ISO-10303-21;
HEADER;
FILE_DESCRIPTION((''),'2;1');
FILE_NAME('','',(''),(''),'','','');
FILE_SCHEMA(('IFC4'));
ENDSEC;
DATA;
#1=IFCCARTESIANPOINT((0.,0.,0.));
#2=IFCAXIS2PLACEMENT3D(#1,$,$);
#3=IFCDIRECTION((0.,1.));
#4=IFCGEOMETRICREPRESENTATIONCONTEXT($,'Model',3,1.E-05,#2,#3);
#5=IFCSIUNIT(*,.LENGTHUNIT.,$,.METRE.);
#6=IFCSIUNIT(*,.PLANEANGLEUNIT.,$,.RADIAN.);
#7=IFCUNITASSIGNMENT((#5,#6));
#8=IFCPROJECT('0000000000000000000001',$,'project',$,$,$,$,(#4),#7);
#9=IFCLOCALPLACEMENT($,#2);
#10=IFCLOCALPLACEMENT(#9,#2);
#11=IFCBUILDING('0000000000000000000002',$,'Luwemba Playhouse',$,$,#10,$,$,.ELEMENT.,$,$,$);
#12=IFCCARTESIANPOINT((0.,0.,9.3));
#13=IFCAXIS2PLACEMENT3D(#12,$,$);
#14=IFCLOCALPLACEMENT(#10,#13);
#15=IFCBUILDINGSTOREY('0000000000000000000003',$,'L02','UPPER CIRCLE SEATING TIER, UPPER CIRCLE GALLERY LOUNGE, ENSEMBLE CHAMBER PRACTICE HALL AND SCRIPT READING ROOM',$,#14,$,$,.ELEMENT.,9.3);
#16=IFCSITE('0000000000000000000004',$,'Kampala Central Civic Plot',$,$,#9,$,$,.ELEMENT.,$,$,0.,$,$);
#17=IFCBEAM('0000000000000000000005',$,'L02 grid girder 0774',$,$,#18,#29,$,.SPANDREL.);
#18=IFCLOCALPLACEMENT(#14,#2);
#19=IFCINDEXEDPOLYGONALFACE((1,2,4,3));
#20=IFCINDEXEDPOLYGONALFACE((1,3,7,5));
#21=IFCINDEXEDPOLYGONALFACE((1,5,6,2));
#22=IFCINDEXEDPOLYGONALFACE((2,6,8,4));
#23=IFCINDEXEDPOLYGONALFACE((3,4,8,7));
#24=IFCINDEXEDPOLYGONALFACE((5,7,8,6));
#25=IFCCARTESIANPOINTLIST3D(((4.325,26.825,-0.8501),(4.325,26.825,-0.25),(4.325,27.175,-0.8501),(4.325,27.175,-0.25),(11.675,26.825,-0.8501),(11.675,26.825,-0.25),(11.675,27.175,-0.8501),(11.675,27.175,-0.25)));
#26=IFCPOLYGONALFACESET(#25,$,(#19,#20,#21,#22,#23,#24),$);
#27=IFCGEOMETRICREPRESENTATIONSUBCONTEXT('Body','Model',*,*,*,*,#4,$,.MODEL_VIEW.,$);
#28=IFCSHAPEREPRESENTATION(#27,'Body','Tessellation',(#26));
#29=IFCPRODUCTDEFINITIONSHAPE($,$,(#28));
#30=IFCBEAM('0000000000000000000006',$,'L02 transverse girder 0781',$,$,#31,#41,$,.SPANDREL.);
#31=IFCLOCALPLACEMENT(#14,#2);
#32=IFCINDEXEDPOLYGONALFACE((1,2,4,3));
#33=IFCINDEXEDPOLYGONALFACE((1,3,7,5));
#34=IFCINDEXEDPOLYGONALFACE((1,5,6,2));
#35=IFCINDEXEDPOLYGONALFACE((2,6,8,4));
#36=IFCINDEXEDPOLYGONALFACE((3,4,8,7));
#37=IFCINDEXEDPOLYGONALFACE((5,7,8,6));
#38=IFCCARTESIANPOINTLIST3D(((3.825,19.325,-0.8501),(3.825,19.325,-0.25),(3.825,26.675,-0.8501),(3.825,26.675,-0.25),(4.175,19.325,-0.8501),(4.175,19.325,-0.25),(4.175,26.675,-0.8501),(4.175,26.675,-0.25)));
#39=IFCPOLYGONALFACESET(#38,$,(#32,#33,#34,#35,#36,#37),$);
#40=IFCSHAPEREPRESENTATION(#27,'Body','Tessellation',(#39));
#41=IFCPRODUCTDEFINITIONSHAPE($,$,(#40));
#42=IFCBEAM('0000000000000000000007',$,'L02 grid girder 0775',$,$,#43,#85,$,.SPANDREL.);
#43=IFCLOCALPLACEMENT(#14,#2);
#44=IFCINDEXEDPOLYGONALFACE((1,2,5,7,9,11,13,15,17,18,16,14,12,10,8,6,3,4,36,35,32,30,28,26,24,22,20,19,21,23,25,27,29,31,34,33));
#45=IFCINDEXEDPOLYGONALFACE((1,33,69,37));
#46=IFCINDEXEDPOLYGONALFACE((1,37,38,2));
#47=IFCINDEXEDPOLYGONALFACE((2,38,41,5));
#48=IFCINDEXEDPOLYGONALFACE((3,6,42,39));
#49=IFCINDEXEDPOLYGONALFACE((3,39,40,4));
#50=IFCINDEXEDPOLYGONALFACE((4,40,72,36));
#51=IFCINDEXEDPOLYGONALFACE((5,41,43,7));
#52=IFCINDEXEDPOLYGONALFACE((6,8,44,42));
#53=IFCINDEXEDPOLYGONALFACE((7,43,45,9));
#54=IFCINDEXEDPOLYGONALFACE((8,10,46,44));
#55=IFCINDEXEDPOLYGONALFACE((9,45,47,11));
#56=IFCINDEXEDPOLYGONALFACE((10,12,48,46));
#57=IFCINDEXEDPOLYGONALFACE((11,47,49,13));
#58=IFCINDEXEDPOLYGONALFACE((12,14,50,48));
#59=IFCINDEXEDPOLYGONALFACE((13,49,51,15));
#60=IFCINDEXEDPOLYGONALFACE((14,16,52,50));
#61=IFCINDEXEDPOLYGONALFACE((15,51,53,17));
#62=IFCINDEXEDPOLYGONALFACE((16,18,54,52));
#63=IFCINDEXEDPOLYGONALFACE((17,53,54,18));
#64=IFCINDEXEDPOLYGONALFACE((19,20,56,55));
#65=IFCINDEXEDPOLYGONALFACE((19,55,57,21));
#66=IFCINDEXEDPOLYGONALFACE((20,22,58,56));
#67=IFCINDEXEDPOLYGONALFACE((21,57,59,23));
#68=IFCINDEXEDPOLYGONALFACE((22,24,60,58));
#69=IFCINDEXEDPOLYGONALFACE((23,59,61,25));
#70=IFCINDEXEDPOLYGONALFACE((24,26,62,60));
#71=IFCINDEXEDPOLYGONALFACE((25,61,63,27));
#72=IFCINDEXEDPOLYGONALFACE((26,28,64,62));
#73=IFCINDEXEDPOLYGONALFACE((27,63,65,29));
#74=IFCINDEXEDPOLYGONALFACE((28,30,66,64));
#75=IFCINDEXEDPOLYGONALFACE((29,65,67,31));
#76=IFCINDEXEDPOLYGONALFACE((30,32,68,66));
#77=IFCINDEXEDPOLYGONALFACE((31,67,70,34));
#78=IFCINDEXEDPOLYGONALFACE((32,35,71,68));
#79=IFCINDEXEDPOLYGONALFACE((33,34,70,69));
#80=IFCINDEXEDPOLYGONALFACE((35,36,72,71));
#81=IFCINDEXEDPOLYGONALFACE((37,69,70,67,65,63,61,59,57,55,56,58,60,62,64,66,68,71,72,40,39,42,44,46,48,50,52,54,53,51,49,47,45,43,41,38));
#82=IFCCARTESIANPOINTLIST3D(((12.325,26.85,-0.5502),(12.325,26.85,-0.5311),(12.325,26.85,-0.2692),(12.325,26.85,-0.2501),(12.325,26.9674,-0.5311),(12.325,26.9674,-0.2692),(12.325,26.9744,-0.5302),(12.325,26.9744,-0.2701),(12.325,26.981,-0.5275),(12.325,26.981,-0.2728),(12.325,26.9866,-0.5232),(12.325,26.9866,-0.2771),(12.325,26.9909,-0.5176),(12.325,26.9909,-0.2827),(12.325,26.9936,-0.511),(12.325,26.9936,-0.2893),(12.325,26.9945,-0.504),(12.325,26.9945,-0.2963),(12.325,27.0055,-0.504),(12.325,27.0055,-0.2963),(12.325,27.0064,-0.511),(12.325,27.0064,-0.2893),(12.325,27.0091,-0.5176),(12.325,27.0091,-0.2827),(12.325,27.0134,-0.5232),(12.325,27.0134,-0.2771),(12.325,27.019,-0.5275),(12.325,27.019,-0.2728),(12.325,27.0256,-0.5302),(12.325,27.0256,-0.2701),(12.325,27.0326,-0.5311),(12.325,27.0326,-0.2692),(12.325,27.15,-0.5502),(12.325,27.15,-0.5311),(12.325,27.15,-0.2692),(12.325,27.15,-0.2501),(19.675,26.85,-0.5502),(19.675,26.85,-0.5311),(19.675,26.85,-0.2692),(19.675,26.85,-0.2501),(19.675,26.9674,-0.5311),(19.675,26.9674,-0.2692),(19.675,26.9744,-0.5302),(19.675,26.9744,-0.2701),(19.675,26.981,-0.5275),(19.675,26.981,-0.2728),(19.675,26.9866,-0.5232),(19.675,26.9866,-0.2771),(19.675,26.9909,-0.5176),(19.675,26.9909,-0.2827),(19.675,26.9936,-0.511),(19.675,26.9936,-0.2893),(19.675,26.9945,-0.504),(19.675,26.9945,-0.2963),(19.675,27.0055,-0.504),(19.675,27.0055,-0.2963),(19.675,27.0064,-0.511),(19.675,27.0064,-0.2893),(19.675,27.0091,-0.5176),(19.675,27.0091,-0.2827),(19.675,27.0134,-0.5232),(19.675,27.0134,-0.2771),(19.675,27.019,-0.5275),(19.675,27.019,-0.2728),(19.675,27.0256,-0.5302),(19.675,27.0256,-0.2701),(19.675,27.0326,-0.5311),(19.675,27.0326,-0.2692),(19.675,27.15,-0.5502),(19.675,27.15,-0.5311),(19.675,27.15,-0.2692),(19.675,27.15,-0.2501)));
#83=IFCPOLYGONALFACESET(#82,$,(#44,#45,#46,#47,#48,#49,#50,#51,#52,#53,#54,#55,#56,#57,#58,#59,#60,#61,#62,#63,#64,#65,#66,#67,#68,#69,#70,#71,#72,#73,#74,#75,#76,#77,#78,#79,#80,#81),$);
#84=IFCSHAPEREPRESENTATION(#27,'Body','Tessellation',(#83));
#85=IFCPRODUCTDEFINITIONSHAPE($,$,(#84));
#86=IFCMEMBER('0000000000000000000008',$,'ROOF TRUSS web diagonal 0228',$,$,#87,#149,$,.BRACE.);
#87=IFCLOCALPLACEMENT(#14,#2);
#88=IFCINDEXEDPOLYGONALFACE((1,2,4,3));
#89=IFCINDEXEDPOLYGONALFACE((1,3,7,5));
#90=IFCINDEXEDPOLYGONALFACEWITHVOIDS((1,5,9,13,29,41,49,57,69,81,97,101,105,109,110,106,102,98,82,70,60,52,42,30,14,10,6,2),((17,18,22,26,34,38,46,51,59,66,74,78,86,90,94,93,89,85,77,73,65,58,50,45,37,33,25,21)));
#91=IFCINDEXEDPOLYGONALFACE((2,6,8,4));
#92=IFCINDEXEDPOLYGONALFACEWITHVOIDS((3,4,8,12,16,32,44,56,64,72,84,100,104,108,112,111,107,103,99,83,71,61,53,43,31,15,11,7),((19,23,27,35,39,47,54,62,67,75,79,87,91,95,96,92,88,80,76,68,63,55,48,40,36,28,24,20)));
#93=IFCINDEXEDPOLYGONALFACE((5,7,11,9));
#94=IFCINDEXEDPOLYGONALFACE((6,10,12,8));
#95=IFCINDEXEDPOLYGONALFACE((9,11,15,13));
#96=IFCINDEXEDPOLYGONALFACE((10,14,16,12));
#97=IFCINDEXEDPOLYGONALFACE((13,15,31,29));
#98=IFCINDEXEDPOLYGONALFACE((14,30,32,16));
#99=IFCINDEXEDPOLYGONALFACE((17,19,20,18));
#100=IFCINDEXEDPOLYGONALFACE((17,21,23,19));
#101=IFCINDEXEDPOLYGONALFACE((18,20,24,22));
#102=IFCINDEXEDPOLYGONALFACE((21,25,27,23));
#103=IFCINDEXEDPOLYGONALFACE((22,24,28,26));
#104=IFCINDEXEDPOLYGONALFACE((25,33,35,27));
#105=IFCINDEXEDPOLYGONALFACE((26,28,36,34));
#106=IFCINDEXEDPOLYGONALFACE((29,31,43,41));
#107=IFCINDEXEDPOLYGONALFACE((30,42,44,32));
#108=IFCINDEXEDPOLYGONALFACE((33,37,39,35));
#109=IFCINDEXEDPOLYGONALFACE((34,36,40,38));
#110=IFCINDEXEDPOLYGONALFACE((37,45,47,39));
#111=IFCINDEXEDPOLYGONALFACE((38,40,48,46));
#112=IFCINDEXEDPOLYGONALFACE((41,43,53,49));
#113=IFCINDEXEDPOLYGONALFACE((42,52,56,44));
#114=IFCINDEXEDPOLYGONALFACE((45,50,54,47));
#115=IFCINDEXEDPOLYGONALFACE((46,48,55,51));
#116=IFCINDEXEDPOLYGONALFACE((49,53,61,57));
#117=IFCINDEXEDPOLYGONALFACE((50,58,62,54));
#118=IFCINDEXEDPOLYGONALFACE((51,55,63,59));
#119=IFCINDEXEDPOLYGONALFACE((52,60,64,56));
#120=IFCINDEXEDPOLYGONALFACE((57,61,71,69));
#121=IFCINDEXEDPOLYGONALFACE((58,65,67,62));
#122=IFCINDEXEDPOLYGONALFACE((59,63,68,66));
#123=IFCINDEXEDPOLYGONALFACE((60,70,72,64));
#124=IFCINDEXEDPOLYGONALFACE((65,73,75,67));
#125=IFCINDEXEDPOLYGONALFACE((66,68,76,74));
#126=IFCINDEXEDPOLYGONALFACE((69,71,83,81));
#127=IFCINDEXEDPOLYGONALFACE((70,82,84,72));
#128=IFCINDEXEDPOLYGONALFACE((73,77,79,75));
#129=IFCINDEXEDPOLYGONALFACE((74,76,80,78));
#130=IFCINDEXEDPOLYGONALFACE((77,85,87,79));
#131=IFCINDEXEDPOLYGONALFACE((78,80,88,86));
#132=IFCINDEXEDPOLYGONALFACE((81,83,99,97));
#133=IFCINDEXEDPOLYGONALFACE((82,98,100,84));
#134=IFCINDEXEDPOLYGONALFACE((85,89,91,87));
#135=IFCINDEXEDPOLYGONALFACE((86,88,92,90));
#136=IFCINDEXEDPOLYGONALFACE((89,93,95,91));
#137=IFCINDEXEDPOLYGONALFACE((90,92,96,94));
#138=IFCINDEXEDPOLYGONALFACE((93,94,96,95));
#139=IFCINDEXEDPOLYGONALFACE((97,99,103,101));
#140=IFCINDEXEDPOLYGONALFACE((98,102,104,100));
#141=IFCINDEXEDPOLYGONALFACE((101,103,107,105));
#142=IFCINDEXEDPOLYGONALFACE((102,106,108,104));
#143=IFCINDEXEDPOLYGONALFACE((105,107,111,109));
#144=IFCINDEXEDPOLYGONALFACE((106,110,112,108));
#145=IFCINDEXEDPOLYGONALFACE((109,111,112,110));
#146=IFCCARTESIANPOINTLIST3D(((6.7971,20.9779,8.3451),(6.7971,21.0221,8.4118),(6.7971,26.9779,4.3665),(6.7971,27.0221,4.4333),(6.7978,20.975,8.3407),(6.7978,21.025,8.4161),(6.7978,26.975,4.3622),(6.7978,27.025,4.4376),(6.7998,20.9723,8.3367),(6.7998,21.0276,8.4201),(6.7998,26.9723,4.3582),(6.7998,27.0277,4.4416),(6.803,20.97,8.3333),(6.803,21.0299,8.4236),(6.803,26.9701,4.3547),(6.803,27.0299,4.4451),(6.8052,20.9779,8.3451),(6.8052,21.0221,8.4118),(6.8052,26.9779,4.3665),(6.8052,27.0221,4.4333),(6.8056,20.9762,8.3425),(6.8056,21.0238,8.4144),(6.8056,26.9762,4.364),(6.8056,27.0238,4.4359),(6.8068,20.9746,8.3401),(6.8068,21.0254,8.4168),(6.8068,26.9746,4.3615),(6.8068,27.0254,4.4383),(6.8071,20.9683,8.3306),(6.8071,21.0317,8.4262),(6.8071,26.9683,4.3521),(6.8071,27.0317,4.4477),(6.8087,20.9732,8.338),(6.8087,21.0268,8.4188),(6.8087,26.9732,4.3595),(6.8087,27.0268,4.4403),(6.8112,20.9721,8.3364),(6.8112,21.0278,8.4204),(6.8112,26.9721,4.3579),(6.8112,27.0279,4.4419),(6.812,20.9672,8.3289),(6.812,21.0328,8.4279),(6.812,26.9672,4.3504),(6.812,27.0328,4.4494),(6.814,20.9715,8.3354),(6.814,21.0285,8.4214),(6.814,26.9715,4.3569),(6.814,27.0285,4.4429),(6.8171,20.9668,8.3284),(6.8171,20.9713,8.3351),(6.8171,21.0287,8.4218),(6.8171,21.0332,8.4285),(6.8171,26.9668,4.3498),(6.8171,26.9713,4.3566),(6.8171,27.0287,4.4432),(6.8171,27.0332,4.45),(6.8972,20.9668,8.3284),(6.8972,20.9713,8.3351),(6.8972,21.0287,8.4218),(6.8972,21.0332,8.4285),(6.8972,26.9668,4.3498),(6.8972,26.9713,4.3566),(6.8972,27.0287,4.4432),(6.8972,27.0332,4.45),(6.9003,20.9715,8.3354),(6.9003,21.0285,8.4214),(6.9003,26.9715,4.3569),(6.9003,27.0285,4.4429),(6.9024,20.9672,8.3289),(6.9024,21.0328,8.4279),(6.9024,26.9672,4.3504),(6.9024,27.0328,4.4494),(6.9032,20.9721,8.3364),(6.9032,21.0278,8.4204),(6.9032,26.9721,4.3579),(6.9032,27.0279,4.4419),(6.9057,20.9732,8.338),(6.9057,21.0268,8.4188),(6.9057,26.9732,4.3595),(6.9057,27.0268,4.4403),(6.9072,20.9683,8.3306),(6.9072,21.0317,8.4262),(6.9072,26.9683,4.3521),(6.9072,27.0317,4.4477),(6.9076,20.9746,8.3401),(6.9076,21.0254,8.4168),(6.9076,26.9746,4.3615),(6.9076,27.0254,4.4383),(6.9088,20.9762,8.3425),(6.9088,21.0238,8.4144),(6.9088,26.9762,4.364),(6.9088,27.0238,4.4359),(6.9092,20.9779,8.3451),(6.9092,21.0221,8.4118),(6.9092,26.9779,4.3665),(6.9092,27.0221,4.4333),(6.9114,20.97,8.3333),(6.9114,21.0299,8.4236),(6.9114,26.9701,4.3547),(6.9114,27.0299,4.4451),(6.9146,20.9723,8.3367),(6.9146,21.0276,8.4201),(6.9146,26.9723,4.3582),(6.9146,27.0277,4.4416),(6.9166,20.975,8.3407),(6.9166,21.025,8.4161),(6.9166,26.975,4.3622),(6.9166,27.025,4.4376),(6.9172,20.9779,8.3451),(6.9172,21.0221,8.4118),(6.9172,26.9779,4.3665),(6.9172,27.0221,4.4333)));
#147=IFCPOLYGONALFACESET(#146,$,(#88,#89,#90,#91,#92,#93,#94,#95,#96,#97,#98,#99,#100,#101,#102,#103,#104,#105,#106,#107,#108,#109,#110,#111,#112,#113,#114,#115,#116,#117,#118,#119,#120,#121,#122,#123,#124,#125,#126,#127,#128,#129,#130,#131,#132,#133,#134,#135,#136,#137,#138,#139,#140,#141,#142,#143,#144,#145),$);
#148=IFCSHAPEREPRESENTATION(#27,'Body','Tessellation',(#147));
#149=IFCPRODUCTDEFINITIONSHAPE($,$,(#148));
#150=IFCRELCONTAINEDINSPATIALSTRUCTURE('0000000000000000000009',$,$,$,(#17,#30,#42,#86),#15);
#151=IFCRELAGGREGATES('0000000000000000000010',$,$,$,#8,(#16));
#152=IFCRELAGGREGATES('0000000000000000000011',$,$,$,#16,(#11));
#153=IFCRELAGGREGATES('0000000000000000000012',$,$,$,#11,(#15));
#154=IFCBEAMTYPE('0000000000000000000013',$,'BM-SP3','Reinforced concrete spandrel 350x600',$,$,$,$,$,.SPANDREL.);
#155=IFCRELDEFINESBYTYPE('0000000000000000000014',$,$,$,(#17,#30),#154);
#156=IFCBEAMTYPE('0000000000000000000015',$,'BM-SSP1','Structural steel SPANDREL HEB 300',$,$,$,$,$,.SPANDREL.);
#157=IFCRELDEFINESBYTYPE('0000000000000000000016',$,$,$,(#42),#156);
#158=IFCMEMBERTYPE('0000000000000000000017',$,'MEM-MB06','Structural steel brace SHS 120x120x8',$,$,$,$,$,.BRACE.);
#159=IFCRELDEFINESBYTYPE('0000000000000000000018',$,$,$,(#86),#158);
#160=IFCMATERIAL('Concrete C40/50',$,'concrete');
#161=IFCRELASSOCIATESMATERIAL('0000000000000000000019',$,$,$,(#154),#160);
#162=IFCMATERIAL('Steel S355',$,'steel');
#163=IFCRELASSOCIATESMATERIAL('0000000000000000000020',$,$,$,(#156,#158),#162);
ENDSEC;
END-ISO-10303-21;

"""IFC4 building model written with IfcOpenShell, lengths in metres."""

from ifc_helpers import new_model, si_unit, direction, frame, origin, origin_2d, place, context, subcontext, project, spatial, rectangle, hollow_rectangle, i_section, extrude, material, material_profile, profile_set, type_object, element, save


model = new_model("IFC4")

# Units and contexts
model_context = context("Model", 3, precision=1e-05, world=origin(), true_north=direction((0.0, 1.0)))
body_context = subcontext(model_context, "Body", "Model", "MODEL_VIEW")
ifc_project = project(units=[si_unit("LENGTHUNIT", "METRE"), si_unit("PLANEANGLEUNIT", "RADIAN")], contexts=[model_context])

# Site, building, storey
site_placement = place(None, origin())
site = spatial("IfcSite", under=ifc_project, at=site_placement, Name="Kampala Central Civic Plot", CompositionType="ELEMENT", RefElevation=0.0)
building_placement = place(site_placement, origin())
building = spatial("IfcBuilding", under=site, at=building_placement, Name="Luwemba Playhouse", CompositionType="ELEMENT")
storey_placement = place(building_placement, frame((0.0, 0.0, 9.3)))
storey = spatial("IfcBuildingStorey", under=building, at=storey_placement, Name="L02", Description="UPPER CIRCLE SEATING TIER, UPPER CIRCLE GALLERY LOUNGE, ENSEMBLE CHAMBER PRACTICE HALL AND SCRIPT READING ROOM", CompositionType="ELEMENT", Elevation=9.3)

# Shared definitions
ifc_material_1 = material(Name="Concrete C40/50", Category="concrete")

# Beams
ifc_material_2 = material(Name="Steel S355", Category="steel")
ifc_material_profile_1 = material_profile(ifc_material_1, rectangle(XDim=0.3501, YDim=0.6001, at=origin_2d()))
ifc_profile_set_1 = profile_set([ifc_material_profile_1], Name="Concrete C40/50")
beam_type_1 = type_object("IfcBeamType", Name="BM-SP3", Description="Reinforced concrete spandrel 350x600", PredefinedType="SPANDREL", material=ifc_profile_set_1)
for number, where, z_axis, x_axis, name in (
    (1, (4.325, 27.0, -0.55), (1.0, 0.0, 0.0), (0.0, 1.0, 0.0), "L02 grid girder 0774"),
    (2, (4.0, 19.325, -0.55), (0.0, 1.0, 0.0), (-1.0, 0.0, 0.0), "L02 transverse girder 0781"),
):
    element("IfcBeam", number, at=place(storey_placement, frame(where, z_axis=z_axis, x_axis=x_axis)), inside=storey, type_object=beam_type_1, Name=name, PredefinedType="SPANDREL", context=body_context, shape_type="SweptSolid", body=[
        extrude(rectangle(XDim=0.3501, YDim=0.6001, at=origin_2d()), origin(), (0.0, 0.0, 1.0), 7.3501),
    ])
ifc_material_profile_2 = material_profile(ifc_material_2, i_section(OverallWidth=0.3, OverallDepth=0.3, WebThickness=0.011, FlangeThickness=0.019, FilletRadius=0.0271, at=origin_2d()))
ifc_profile_set_2 = profile_set([ifc_material_profile_2], Name="Steel S355")
beam_type_2 = type_object("IfcBeamType", Name="BM-SSP1", Description="Structural steel SPANDREL HEB 300", PredefinedType="SPANDREL", material=ifc_profile_set_2)
beam_1_placement = place(storey_placement, frame((12.325, 27.0, -0.4001), z_axis=(1.0, 0.0, 0.0), x_axis=(0.0, 1.0, 0.0)))
element("IfcBeam", 3, at=beam_1_placement, inside=storey, type_object=beam_type_2, Name="L02 grid girder 0775", PredefinedType="SPANDREL", context=body_context, shape_type="SweptSolid", body=[
    extrude(i_section(OverallWidth=0.3, OverallDepth=0.3, WebThickness=0.011, FlangeThickness=0.019, FilletRadius=0.0271, at=origin_2d()), origin(), (0.0, 0.0, 1.0), 7.3501),
])

# Member
ifc_material_profile_3 = material_profile(ifc_material_2, hollow_rectangle(XDim=0.1201, YDim=0.1201, WallThickness=0.0081, InnerFilletRadius=0.012, OuterFilletRadius=0.02, at=origin_2d()))
ifc_profile_set_3 = profile_set([ifc_material_profile_3], Name="Steel S355")
member_type_1 = type_object("IfcMemberType", Name="MEM-MB06", Description="Structural steel brace SHS 120x120x8", PredefinedType="BRACE", material=ifc_profile_set_3)
member_1_placement = place(storey_placement, frame((6.8572, 27.0, 4.3999), z_axis=(0.0, -0.833425, 0.552632), x_axis=(1.0, 0.0, 0.0)))
element("IfcMember", 4, at=member_1_placement, inside=storey, type_object=member_type_1, Name="ROOF TRUSS web diagonal 0228", PredefinedType="BRACE", context=body_context, shape_type="SweptSolid", body=[
    extrude(hollow_rectangle(XDim=0.1201, YDim=0.1201, WallThickness=0.0081, InnerFilletRadius=0.012, OuterFilletRadius=0.02, at=origin_2d()), origin(), (0.0, 0.0, 1.0), 7.1992),
])

save(model, "model.ifc")
